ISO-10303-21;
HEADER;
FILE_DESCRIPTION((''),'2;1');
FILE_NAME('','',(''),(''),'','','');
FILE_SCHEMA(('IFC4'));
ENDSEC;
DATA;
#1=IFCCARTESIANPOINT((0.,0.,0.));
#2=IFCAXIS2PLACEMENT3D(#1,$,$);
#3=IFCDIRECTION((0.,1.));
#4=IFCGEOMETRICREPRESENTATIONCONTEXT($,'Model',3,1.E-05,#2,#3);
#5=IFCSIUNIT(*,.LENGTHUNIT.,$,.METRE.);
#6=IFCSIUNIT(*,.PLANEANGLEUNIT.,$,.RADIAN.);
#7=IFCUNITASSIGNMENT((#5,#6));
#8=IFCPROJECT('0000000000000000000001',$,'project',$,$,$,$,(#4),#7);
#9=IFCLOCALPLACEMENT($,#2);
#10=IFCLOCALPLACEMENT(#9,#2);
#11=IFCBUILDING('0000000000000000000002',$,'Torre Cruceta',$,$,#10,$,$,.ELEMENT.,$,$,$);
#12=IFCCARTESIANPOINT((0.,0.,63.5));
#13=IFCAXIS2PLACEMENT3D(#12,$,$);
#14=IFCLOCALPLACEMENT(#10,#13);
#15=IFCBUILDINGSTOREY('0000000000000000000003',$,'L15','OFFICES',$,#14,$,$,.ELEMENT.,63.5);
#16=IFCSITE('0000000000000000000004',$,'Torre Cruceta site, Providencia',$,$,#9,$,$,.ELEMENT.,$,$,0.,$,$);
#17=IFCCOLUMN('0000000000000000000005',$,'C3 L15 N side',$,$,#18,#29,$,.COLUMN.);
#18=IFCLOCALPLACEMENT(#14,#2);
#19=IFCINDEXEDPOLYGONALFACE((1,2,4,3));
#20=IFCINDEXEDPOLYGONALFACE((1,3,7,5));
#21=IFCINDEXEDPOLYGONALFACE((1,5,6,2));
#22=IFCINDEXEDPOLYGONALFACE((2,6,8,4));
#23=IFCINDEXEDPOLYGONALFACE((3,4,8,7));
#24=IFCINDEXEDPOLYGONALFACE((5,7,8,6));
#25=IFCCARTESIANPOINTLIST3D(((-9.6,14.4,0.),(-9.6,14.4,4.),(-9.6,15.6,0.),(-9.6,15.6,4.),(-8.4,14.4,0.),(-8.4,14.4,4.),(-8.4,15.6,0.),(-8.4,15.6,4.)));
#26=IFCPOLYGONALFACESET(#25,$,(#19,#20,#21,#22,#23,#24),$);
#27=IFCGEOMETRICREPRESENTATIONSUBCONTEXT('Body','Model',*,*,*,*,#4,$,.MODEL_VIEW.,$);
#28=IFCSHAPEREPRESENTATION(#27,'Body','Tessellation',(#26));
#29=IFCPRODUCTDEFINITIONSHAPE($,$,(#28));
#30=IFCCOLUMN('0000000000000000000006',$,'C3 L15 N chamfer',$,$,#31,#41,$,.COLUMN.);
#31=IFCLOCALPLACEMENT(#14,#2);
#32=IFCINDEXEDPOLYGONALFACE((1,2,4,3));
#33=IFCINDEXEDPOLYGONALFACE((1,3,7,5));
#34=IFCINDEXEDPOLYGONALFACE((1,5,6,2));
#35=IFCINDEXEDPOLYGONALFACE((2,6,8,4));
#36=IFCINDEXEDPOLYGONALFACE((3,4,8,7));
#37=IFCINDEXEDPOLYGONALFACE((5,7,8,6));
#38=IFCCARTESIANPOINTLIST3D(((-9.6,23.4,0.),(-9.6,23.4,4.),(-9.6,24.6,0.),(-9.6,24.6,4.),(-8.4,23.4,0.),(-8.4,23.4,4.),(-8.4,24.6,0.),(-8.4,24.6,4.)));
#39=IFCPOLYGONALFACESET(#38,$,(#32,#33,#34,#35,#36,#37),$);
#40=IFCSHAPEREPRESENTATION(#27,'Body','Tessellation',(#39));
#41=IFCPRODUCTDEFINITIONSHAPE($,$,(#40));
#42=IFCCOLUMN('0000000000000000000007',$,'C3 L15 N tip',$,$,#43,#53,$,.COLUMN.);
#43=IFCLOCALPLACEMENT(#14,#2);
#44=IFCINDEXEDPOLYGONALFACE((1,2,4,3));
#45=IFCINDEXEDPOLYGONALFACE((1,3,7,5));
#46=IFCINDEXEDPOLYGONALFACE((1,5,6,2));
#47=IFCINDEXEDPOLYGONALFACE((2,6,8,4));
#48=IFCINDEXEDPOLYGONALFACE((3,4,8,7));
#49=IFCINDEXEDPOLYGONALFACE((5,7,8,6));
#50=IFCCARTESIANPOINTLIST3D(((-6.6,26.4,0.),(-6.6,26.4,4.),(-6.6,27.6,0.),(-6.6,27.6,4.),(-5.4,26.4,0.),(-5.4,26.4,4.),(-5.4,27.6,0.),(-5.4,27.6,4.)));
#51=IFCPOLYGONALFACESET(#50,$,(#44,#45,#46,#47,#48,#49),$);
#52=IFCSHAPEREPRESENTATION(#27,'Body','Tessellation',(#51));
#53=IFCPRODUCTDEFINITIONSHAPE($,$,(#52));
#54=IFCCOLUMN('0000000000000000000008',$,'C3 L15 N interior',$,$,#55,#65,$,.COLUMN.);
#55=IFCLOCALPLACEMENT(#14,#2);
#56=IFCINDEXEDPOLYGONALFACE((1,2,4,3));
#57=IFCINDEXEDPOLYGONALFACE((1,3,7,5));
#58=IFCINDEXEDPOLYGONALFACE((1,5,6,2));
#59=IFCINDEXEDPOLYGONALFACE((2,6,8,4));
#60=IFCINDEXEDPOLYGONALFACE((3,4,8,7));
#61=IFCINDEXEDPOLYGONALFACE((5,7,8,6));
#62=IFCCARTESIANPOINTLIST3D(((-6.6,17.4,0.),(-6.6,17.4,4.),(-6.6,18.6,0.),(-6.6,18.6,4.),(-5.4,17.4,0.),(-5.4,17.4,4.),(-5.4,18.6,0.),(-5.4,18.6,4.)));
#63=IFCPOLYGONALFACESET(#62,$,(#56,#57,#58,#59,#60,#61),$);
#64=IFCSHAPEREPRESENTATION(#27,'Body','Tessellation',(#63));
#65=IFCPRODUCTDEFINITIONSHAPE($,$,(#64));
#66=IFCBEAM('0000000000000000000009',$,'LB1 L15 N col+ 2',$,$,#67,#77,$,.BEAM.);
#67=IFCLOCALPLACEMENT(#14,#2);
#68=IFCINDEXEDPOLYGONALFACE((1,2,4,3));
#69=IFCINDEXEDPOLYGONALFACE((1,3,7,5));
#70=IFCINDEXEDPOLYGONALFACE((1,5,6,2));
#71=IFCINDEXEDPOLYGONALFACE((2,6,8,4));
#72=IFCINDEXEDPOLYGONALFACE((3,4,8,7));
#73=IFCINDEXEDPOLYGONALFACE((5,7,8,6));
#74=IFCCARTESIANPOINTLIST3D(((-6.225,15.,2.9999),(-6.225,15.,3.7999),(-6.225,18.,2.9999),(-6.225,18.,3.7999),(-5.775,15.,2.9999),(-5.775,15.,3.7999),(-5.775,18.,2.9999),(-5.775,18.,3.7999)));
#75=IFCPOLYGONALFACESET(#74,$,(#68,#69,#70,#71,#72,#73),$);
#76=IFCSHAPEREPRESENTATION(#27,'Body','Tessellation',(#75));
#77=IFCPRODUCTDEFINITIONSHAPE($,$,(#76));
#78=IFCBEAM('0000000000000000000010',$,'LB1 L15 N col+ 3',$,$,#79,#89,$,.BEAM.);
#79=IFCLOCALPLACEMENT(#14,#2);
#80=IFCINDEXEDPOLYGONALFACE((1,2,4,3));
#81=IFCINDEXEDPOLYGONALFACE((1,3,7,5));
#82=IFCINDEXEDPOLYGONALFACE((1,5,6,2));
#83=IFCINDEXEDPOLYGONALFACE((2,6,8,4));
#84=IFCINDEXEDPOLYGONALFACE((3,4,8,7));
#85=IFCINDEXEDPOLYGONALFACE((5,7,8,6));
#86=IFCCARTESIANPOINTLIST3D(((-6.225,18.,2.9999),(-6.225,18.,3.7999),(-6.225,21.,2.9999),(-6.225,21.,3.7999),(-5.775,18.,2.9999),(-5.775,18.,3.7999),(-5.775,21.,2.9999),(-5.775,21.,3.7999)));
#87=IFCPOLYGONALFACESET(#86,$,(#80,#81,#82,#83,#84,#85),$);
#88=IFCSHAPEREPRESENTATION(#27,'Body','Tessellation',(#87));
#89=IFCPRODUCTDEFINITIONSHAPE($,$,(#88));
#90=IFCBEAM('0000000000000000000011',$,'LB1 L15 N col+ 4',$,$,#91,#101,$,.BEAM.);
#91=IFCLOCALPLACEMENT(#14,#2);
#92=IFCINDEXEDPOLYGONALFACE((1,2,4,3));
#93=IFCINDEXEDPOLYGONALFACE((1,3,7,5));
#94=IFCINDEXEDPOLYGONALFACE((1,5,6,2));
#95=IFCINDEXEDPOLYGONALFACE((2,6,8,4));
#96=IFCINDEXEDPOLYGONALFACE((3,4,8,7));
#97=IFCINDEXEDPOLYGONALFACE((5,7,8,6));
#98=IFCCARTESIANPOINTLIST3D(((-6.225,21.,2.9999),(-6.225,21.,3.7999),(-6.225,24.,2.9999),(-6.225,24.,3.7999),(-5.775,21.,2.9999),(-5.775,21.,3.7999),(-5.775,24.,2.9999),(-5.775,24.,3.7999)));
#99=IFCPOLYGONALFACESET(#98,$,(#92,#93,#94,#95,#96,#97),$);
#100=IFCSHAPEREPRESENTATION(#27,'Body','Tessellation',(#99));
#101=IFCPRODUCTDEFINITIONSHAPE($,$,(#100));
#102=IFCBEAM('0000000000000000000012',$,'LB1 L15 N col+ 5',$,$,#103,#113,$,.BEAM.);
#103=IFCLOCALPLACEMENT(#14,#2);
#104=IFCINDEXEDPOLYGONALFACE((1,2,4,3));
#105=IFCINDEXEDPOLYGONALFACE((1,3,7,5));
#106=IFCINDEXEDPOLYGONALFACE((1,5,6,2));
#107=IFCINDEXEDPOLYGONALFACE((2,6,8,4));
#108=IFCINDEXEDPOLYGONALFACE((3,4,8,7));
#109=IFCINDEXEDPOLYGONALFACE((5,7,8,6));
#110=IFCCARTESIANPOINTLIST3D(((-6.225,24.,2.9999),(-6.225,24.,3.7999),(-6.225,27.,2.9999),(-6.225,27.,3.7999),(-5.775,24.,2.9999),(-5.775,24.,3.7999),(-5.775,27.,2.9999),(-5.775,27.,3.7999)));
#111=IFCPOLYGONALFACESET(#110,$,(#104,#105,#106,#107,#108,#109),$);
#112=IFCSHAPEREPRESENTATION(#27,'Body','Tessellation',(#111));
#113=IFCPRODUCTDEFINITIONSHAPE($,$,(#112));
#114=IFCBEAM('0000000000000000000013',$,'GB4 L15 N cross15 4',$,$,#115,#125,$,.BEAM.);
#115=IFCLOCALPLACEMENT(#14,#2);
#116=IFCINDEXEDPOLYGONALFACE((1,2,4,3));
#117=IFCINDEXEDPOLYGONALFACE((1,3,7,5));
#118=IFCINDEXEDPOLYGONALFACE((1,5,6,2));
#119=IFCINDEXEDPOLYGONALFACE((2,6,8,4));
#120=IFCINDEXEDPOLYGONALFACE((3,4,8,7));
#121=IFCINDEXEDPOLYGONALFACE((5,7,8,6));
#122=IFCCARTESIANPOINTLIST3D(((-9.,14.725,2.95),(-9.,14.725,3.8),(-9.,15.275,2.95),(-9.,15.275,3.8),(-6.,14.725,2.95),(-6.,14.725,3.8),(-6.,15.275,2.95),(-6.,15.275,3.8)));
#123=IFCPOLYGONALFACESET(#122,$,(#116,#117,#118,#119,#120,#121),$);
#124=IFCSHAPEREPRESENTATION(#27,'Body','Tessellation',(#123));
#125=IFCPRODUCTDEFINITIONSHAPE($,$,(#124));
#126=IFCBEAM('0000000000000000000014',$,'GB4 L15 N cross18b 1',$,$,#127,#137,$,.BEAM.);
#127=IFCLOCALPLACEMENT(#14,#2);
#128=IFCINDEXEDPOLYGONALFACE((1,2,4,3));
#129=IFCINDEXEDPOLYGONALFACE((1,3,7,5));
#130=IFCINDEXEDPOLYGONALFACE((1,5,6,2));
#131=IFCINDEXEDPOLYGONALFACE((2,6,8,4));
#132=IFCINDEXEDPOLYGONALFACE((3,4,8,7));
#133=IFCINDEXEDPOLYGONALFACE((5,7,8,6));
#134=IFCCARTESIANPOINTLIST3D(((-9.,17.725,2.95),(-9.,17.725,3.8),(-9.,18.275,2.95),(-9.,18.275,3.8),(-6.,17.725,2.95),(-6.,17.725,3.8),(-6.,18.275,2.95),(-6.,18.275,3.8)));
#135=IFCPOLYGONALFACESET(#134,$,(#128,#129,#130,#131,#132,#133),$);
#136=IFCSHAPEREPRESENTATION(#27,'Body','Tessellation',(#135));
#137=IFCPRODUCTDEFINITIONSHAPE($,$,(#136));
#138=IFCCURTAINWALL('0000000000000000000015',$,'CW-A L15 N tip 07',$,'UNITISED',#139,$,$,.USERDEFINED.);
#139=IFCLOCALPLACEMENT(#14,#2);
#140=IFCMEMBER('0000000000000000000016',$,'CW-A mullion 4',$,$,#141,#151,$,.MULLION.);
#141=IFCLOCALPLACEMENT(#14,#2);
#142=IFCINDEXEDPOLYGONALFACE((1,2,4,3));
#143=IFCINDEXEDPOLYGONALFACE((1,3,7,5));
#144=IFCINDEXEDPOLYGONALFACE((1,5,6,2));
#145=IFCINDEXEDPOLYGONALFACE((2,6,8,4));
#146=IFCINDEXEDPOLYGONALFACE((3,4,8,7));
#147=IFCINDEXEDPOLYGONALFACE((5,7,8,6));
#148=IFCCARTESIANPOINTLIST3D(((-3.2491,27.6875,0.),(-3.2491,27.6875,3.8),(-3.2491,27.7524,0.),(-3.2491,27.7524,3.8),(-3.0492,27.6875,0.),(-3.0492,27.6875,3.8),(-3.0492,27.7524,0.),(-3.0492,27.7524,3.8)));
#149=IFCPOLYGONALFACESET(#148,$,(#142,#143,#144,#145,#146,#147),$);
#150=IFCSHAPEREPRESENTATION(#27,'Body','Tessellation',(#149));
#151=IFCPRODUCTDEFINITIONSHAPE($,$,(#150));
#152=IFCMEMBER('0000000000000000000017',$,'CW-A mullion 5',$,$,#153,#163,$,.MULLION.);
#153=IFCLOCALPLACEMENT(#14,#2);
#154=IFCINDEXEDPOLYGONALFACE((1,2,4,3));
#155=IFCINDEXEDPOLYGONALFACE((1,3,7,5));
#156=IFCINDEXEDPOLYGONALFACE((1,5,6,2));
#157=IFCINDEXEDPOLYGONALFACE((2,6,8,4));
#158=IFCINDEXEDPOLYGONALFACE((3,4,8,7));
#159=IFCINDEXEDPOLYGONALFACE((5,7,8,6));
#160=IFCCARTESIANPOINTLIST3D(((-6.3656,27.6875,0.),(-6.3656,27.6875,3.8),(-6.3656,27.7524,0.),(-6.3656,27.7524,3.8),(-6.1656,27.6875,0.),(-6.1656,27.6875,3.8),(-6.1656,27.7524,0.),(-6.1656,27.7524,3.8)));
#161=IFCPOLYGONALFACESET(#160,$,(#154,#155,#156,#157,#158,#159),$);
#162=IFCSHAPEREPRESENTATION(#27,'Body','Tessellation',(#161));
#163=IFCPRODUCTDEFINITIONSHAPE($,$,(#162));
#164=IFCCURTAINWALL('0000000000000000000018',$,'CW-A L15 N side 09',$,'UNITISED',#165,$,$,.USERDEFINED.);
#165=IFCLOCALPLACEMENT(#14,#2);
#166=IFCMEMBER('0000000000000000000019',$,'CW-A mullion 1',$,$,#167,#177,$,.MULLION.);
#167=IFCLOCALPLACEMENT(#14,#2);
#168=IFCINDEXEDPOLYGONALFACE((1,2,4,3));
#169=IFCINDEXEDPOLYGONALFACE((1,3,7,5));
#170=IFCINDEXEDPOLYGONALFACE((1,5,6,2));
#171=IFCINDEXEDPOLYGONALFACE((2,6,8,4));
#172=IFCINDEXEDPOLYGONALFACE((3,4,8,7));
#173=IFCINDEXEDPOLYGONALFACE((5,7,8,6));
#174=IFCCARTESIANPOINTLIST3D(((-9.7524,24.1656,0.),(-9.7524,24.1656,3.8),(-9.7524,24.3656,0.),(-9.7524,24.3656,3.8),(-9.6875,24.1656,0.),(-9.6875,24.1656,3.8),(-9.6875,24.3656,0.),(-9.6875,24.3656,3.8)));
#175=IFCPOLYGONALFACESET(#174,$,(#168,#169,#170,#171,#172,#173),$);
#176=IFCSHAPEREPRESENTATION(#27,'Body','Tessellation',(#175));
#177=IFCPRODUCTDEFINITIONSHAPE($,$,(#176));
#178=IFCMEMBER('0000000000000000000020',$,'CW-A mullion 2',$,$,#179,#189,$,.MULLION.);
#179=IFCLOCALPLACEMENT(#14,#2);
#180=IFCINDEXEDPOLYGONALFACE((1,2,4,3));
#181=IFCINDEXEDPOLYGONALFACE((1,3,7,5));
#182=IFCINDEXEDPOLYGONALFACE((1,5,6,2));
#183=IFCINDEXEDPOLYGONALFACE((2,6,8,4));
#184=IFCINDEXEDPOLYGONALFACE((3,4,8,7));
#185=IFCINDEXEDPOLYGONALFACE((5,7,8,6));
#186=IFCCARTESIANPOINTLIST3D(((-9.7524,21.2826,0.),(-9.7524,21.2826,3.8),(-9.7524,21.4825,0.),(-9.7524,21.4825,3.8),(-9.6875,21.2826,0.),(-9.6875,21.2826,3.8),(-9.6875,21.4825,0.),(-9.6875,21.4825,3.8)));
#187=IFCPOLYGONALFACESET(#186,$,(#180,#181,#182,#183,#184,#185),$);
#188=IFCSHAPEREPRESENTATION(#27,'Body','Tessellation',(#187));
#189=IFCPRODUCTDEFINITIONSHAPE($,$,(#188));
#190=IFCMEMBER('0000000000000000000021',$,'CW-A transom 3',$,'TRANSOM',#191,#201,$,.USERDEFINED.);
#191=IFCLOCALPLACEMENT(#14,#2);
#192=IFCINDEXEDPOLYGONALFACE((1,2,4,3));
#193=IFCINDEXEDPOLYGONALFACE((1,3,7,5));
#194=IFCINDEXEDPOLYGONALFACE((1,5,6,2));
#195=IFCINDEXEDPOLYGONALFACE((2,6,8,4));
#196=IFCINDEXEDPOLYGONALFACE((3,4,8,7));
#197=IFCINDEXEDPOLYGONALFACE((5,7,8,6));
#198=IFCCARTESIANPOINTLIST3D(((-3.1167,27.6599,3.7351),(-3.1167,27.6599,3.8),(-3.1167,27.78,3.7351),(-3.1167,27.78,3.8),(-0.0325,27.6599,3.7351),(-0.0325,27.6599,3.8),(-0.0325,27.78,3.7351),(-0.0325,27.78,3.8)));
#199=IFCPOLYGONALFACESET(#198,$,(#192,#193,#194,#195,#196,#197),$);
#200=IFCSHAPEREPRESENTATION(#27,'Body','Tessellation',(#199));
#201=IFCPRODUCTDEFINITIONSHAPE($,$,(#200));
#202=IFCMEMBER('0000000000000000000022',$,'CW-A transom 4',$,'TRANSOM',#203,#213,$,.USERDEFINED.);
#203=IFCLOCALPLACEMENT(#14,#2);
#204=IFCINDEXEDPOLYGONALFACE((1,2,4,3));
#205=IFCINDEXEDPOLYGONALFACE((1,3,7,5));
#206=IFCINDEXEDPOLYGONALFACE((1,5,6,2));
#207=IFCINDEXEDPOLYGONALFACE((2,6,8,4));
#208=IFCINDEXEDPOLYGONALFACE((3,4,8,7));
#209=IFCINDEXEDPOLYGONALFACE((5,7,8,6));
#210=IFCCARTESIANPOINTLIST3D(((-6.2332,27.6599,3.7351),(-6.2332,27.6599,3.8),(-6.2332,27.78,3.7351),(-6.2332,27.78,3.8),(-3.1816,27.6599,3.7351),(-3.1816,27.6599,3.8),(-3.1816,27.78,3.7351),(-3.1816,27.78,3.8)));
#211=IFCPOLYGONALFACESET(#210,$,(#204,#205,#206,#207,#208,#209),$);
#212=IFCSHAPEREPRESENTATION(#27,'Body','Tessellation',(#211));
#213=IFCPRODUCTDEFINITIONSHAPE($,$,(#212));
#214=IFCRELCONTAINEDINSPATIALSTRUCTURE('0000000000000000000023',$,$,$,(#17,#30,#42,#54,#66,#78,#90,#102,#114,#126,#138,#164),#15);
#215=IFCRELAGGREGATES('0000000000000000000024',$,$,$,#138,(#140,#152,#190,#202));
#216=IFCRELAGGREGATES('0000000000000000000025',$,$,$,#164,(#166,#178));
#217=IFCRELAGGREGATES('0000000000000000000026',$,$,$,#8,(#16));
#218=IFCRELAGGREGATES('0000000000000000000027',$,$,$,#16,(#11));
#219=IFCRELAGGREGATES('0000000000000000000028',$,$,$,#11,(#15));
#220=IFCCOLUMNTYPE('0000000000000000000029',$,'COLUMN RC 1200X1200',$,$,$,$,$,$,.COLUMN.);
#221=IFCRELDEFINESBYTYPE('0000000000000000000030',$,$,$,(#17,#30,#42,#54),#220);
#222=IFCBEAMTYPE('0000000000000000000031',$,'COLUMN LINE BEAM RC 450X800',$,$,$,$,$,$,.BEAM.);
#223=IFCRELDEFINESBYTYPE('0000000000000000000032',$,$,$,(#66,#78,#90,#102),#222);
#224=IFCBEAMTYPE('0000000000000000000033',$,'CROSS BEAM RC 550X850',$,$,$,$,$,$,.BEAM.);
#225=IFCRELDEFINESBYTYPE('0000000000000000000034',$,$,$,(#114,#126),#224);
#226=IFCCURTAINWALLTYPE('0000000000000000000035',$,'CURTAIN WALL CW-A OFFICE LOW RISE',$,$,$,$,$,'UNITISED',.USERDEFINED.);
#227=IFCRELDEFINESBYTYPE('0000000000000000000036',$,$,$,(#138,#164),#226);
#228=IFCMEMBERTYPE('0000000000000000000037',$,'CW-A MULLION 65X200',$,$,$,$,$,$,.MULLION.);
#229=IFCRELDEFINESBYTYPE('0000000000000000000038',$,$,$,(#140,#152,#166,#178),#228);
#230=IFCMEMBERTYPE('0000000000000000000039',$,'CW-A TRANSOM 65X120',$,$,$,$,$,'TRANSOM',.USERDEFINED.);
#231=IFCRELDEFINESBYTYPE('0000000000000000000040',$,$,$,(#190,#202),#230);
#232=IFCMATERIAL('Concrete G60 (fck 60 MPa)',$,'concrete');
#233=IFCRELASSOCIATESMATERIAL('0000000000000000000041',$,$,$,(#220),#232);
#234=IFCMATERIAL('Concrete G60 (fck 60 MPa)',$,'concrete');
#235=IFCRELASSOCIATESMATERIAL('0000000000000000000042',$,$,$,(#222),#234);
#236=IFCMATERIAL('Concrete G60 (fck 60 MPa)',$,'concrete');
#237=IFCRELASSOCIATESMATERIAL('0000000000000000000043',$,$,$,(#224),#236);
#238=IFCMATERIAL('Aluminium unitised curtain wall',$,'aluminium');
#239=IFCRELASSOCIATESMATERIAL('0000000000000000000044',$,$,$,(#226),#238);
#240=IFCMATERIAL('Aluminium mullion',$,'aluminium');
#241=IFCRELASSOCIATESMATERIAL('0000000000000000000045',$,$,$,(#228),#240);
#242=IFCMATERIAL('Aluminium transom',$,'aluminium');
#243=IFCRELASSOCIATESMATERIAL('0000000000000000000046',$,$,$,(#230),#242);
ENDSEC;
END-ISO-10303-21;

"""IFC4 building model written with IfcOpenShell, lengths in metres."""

from ifc_helpers import new_model, si_unit, direction, frame, origin, origin_2d, place, context, subcontext, project, spatial, rectangle, extrude, material, material_profile, profile_set, type_object, element, aggregate, save


model = new_model("IFC4")

# Units and contexts
model_context = context("Model", 3, precision=1e-05, world=origin(), true_north=direction((0.0, 1.0)))
body_context = subcontext(model_context, "Body", "Model", "MODEL_VIEW")
ifc_project = project(units=[si_unit("LENGTHUNIT", "METRE"), si_unit("PLANEANGLEUNIT", "RADIAN")], contexts=[model_context])

# Site, building, storey
site_placement = place(None, origin())
site = spatial("IfcSite", under=ifc_project, at=site_placement, Name="Torre Cruceta site, Providencia", CompositionType="ELEMENT", RefElevation=0.0)
building_placement = place(site_placement, origin())
building = spatial("IfcBuilding", under=site, at=building_placement, Name="Torre Cruceta", CompositionType="ELEMENT")
storey_placement = place(building_placement, frame((0.0, 0.0, 63.5)))
storey = spatial("IfcBuildingStorey", under=building, at=storey_placement, Name="L15", Description="OFFICES", CompositionType="ELEMENT", Elevation=63.5)

# Columns
ifc_material_1 = material(Name="Concrete G60 (fck 60 MPa)", Category="concrete")
ifc_material_profile_1 = material_profile(ifc_material_1, rectangle(XDim=1.2, YDim=1.2, at=origin_2d()), Name="RC 1200X1200")
ifc_profile_set_1 = profile_set([ifc_material_profile_1], Name="Concrete G60 (fck 60 MPa)")
column_type = type_object("IfcColumnType", Name="COLUMN RC 1200X1200", PredefinedType="COLUMN", material=ifc_profile_set_1)
for number, where, z_axis, x_axis, name in (
    (1, (-9.0, 15.0, 0.0), (0.0, 0.0, 1.0), (1.0, 0.0, 0.0), "C3 L15 N side"),
    (2, (-9.0, 24.0, 0.0), (0.0, 0.0, 1.0), (1.0, 0.0, 0.0), "C3 L15 N chamfer"),
    (3, (-6.0, 27.0, 0.0), (0.0, 0.0, 1.0), (1.0, 0.0, 0.0), "C3 L15 N tip"),
    (4, (-6.0, 18.0, 0.0), (0.0, 0.0, 1.0), (1.0, 0.0, 0.0), "C3 L15 N interior"),
):
    element("IfcColumn", number, at=place(storey_placement, frame(where, z_axis=z_axis, x_axis=x_axis)), inside=storey, type_object=column_type, Name=name, PredefinedType="COLUMN", context=body_context, shape_type="SweptSolid", body=[
        extrude(rectangle(XDim=1.2, YDim=1.2, at=origin_2d()), origin(), (0.0, 0.0, 1.0), 4.0),
    ])

# Beams
ifc_material_2 = material(Name="Concrete G60 (fck 60 MPa)", Category="concrete")
ifc_material_profile_2 = material_profile(ifc_material_2, rectangle(XDim=0.45, YDim=0.8, at=origin_2d()), Name="RC 450X800")
ifc_profile_set_2 = profile_set([ifc_material_profile_2], Name="Concrete G60 (fck 60 MPa)")
beam_type_1 = type_object("IfcBeamType", Name="COLUMN LINE BEAM RC 450X800", PredefinedType="BEAM", material=ifc_profile_set_2)
for number, where, z_axis, x_axis, name in (
    (5, (-6.0, 15.0, 3.3999), (0.0, 1.0, 0.0), (-1.0, 0.0, 0.0), "LB1 L15 N col+ 2"),
    (6, (-6.0, 18.0, 3.3999), (0.0, 1.0, 0.0), (-1.0, 0.0, 0.0), "LB1 L15 N col+ 3"),
    (7, (-6.0, 21.0, 3.3999), (0.0, 1.0, 0.0), (-1.0, 0.0, 0.0), "LB1 L15 N col+ 4"),
    (8, (-6.0, 24.0, 3.3999), (0.0, 1.0, 0.0), (-1.0, 0.0, 0.0), "LB1 L15 N col+ 5"),
):
    element("IfcBeam", number, at=place(storey_placement, frame(where, z_axis=z_axis, x_axis=x_axis)), inside=storey, type_object=beam_type_1, Name=name, PredefinedType="BEAM", context=body_context, shape_type="SweptSolid", body=[
        extrude(rectangle(XDim=0.45, YDim=0.8, at=origin_2d()), origin(), (0.0, 0.0, 1.0), 3.0),
    ])
ifc_material_3 = material(Name="Concrete G60 (fck 60 MPa)", Category="concrete")
ifc_material_profile_3 = material_profile(ifc_material_3, rectangle(XDim=0.55, YDim=0.8501, at=origin_2d()), Name="RC 550X850")
ifc_profile_set_3 = profile_set([ifc_material_profile_3], Name="Concrete G60 (fck 60 MPa)")
beam_type_2 = type_object("IfcBeamType", Name="CROSS BEAM RC 550X850", PredefinedType="BEAM", material=ifc_profile_set_3)
for number, where, z_axis, x_axis, name in (
    (9, (-6.0, 15.0, 3.375), (-1.0, 0.0, 0.0), (0.0, -1.0, 0.0), "GB4 L15 N cross15 4"),
    (10, (-6.0, 18.0, 3.375), (-1.0, 0.0, 0.0), (0.0, -1.0, 0.0), "GB4 L15 N cross18b 1"),
):
    element("IfcBeam", number, at=place(storey_placement, frame(where, z_axis=z_axis, x_axis=x_axis)), inside=storey, type_object=beam_type_2, Name=name, PredefinedType="BEAM", context=body_context, shape_type="SweptSolid", body=[
        extrude(rectangle(XDim=0.55, YDim=0.8501, at=origin_2d()), origin(), (0.0, 0.0, 1.0), 3.0),
    ])

# Curtain walls, members
ifc_material_4 = material(Name="Aluminium unitised curtain wall", Category="aluminium")
curtain_wall_type = type_object("IfcCurtainWallType", Name="CURTAIN WALL CW-A OFFICE LOW RISE", ElementType="UNITISED", PredefinedType="USERDEFINED", material=ifc_material_4)
curtain_wall_1_placement = place(storey_placement, origin())
curtain_wall_1 = element("IfcCurtainWall", 11, at=curtain_wall_1_placement, inside=storey, type_object=curtain_wall_type, Name="CW-A L15 N tip 07", ObjectType="UNITISED", PredefinedType="USERDEFINED")
ifc_material_5 = material(Name="Aluminium mullion", Category="aluminium")
ifc_material_profile_4 = material_profile(ifc_material_5, rectangle(XDim=0.0649, YDim=0.2, at=origin_2d()), Name="AL 65X200")
ifc_profile_set_4 = profile_set([ifc_material_profile_4], Name="Aluminium mullion")
member_type_1 = type_object("IfcMemberType", Name="CW-A MULLION 65X200", PredefinedType="MULLION", material=ifc_profile_set_4)
member_1_placement = place(storey_placement, frame((-3.1492, 27.72, 0.0), z_axis=(0.0, 0.0, 1.0), x_axis=(0.0, -1.0, 0.0)))
member_1 = element("IfcMember", 12, at=member_1_placement, type_object=member_type_1, Name="CW-A mullion 4", PredefinedType="MULLION", context=body_context, shape_type="SweptSolid", body=[
    extrude(rectangle(XDim=0.0649, YDim=0.2, at=origin_2d()), origin(), (0.0, 0.0, 1.0), 3.8),
])
member_2_placement = place(storey_placement, frame((-6.2656, 27.72, 0.0), z_axis=(0.0, 0.0, 1.0), x_axis=(0.0, -1.0, 0.0)))
member_2 = element("IfcMember", 13, at=member_2_placement, type_object=member_type_1, Name="CW-A mullion 5", PredefinedType="MULLION", context=body_context, shape_type="SweptSolid", body=[
    extrude(rectangle(XDim=0.0649, YDim=0.2, at=origin_2d()), origin(), (0.0, 0.0, 1.0), 3.8),
])
curtain_wall_2_placement = place(storey_placement, origin())
curtain_wall_2 = element("IfcCurtainWall", 14, at=curtain_wall_2_placement, inside=storey, type_object=curtain_wall_type, Name="CW-A L15 N side 09", ObjectType="UNITISED", PredefinedType="USERDEFINED")
member_3_placement = place(storey_placement, frame((-9.72, 24.2656, 0.0), z_axis=(0.0, 0.0, 1.0), x_axis=(1.0, 0.0, 0.0)))
member_3 = element("IfcMember", 15, at=member_3_placement, type_object=member_type_1, Name="CW-A mullion 1", PredefinedType="MULLION", context=body_context, shape_type="SweptSolid", body=[
    extrude(rectangle(XDim=0.0649, YDim=0.2, at=origin_2d()), origin(), (0.0, 0.0, 1.0), 3.8),
])
member_4_placement = place(storey_placement, frame((-9.72, 21.3826, 0.0), z_axis=(0.0, 0.0, 1.0), x_axis=(1.0, 0.0, 0.0)))
member_4 = element("IfcMember", 16, at=member_4_placement, type_object=member_type_1, Name="CW-A mullion 2", PredefinedType="MULLION", context=body_context, shape_type="SweptSolid", body=[
    extrude(rectangle(XDim=0.0649, YDim=0.2, at=origin_2d()), origin(), (0.0, 0.0, 1.0), 3.8),
])

# Members
ifc_material_6 = material(Name="Aluminium transom", Category="aluminium")
ifc_material_profile_5 = material_profile(ifc_material_6, rectangle(XDim=0.1201, YDim=0.0649, at=origin_2d()), Name="AL 120X65")
ifc_profile_set_5 = profile_set([ifc_material_profile_5], Name="Aluminium transom")
member_type_2 = type_object("IfcMemberType", Name="CW-A TRANSOM 65X120", ElementType="TRANSOM", PredefinedType="USERDEFINED", material=ifc_profile_set_5)
member_5_placement = place(storey_placement, frame((-0.0325, 27.72, 3.7676), z_axis=(-1.0, 0.0, 0.0), x_axis=(0.0, -1.0, 0.0)))
member_5 = element("IfcMember", 17, at=member_5_placement, type_object=member_type_2, Name="CW-A transom 3", ObjectType="TRANSOM", PredefinedType="USERDEFINED", context=body_context, shape_type="SweptSolid", body=[
    extrude(rectangle(XDim=0.1201, YDim=0.0649, at=origin_2d()), origin(), (0.0, 0.0, 1.0), 3.0842),
])
member_6_placement = place(storey_placement, frame((-3.1816, 27.72, 3.7676), z_axis=(-1.0, 0.0, 0.0), x_axis=(0.0, -1.0, 0.0)))
member_6 = element("IfcMember", 18, at=member_6_placement, type_object=member_type_2, Name="CW-A transom 4", ObjectType="TRANSOM", PredefinedType="USERDEFINED", context=body_context, shape_type="SweptSolid", body=[
    extrude(rectangle(XDim=0.1201, YDim=0.0649, at=origin_2d()), origin(), (0.0, 0.0, 1.0), 3.0515),
])

aggregate(curtain_wall_1, [member_1, member_2, member_5, member_6])
aggregate(curtain_wall_2, [member_3, member_4])

save(model, "model.ifc")
